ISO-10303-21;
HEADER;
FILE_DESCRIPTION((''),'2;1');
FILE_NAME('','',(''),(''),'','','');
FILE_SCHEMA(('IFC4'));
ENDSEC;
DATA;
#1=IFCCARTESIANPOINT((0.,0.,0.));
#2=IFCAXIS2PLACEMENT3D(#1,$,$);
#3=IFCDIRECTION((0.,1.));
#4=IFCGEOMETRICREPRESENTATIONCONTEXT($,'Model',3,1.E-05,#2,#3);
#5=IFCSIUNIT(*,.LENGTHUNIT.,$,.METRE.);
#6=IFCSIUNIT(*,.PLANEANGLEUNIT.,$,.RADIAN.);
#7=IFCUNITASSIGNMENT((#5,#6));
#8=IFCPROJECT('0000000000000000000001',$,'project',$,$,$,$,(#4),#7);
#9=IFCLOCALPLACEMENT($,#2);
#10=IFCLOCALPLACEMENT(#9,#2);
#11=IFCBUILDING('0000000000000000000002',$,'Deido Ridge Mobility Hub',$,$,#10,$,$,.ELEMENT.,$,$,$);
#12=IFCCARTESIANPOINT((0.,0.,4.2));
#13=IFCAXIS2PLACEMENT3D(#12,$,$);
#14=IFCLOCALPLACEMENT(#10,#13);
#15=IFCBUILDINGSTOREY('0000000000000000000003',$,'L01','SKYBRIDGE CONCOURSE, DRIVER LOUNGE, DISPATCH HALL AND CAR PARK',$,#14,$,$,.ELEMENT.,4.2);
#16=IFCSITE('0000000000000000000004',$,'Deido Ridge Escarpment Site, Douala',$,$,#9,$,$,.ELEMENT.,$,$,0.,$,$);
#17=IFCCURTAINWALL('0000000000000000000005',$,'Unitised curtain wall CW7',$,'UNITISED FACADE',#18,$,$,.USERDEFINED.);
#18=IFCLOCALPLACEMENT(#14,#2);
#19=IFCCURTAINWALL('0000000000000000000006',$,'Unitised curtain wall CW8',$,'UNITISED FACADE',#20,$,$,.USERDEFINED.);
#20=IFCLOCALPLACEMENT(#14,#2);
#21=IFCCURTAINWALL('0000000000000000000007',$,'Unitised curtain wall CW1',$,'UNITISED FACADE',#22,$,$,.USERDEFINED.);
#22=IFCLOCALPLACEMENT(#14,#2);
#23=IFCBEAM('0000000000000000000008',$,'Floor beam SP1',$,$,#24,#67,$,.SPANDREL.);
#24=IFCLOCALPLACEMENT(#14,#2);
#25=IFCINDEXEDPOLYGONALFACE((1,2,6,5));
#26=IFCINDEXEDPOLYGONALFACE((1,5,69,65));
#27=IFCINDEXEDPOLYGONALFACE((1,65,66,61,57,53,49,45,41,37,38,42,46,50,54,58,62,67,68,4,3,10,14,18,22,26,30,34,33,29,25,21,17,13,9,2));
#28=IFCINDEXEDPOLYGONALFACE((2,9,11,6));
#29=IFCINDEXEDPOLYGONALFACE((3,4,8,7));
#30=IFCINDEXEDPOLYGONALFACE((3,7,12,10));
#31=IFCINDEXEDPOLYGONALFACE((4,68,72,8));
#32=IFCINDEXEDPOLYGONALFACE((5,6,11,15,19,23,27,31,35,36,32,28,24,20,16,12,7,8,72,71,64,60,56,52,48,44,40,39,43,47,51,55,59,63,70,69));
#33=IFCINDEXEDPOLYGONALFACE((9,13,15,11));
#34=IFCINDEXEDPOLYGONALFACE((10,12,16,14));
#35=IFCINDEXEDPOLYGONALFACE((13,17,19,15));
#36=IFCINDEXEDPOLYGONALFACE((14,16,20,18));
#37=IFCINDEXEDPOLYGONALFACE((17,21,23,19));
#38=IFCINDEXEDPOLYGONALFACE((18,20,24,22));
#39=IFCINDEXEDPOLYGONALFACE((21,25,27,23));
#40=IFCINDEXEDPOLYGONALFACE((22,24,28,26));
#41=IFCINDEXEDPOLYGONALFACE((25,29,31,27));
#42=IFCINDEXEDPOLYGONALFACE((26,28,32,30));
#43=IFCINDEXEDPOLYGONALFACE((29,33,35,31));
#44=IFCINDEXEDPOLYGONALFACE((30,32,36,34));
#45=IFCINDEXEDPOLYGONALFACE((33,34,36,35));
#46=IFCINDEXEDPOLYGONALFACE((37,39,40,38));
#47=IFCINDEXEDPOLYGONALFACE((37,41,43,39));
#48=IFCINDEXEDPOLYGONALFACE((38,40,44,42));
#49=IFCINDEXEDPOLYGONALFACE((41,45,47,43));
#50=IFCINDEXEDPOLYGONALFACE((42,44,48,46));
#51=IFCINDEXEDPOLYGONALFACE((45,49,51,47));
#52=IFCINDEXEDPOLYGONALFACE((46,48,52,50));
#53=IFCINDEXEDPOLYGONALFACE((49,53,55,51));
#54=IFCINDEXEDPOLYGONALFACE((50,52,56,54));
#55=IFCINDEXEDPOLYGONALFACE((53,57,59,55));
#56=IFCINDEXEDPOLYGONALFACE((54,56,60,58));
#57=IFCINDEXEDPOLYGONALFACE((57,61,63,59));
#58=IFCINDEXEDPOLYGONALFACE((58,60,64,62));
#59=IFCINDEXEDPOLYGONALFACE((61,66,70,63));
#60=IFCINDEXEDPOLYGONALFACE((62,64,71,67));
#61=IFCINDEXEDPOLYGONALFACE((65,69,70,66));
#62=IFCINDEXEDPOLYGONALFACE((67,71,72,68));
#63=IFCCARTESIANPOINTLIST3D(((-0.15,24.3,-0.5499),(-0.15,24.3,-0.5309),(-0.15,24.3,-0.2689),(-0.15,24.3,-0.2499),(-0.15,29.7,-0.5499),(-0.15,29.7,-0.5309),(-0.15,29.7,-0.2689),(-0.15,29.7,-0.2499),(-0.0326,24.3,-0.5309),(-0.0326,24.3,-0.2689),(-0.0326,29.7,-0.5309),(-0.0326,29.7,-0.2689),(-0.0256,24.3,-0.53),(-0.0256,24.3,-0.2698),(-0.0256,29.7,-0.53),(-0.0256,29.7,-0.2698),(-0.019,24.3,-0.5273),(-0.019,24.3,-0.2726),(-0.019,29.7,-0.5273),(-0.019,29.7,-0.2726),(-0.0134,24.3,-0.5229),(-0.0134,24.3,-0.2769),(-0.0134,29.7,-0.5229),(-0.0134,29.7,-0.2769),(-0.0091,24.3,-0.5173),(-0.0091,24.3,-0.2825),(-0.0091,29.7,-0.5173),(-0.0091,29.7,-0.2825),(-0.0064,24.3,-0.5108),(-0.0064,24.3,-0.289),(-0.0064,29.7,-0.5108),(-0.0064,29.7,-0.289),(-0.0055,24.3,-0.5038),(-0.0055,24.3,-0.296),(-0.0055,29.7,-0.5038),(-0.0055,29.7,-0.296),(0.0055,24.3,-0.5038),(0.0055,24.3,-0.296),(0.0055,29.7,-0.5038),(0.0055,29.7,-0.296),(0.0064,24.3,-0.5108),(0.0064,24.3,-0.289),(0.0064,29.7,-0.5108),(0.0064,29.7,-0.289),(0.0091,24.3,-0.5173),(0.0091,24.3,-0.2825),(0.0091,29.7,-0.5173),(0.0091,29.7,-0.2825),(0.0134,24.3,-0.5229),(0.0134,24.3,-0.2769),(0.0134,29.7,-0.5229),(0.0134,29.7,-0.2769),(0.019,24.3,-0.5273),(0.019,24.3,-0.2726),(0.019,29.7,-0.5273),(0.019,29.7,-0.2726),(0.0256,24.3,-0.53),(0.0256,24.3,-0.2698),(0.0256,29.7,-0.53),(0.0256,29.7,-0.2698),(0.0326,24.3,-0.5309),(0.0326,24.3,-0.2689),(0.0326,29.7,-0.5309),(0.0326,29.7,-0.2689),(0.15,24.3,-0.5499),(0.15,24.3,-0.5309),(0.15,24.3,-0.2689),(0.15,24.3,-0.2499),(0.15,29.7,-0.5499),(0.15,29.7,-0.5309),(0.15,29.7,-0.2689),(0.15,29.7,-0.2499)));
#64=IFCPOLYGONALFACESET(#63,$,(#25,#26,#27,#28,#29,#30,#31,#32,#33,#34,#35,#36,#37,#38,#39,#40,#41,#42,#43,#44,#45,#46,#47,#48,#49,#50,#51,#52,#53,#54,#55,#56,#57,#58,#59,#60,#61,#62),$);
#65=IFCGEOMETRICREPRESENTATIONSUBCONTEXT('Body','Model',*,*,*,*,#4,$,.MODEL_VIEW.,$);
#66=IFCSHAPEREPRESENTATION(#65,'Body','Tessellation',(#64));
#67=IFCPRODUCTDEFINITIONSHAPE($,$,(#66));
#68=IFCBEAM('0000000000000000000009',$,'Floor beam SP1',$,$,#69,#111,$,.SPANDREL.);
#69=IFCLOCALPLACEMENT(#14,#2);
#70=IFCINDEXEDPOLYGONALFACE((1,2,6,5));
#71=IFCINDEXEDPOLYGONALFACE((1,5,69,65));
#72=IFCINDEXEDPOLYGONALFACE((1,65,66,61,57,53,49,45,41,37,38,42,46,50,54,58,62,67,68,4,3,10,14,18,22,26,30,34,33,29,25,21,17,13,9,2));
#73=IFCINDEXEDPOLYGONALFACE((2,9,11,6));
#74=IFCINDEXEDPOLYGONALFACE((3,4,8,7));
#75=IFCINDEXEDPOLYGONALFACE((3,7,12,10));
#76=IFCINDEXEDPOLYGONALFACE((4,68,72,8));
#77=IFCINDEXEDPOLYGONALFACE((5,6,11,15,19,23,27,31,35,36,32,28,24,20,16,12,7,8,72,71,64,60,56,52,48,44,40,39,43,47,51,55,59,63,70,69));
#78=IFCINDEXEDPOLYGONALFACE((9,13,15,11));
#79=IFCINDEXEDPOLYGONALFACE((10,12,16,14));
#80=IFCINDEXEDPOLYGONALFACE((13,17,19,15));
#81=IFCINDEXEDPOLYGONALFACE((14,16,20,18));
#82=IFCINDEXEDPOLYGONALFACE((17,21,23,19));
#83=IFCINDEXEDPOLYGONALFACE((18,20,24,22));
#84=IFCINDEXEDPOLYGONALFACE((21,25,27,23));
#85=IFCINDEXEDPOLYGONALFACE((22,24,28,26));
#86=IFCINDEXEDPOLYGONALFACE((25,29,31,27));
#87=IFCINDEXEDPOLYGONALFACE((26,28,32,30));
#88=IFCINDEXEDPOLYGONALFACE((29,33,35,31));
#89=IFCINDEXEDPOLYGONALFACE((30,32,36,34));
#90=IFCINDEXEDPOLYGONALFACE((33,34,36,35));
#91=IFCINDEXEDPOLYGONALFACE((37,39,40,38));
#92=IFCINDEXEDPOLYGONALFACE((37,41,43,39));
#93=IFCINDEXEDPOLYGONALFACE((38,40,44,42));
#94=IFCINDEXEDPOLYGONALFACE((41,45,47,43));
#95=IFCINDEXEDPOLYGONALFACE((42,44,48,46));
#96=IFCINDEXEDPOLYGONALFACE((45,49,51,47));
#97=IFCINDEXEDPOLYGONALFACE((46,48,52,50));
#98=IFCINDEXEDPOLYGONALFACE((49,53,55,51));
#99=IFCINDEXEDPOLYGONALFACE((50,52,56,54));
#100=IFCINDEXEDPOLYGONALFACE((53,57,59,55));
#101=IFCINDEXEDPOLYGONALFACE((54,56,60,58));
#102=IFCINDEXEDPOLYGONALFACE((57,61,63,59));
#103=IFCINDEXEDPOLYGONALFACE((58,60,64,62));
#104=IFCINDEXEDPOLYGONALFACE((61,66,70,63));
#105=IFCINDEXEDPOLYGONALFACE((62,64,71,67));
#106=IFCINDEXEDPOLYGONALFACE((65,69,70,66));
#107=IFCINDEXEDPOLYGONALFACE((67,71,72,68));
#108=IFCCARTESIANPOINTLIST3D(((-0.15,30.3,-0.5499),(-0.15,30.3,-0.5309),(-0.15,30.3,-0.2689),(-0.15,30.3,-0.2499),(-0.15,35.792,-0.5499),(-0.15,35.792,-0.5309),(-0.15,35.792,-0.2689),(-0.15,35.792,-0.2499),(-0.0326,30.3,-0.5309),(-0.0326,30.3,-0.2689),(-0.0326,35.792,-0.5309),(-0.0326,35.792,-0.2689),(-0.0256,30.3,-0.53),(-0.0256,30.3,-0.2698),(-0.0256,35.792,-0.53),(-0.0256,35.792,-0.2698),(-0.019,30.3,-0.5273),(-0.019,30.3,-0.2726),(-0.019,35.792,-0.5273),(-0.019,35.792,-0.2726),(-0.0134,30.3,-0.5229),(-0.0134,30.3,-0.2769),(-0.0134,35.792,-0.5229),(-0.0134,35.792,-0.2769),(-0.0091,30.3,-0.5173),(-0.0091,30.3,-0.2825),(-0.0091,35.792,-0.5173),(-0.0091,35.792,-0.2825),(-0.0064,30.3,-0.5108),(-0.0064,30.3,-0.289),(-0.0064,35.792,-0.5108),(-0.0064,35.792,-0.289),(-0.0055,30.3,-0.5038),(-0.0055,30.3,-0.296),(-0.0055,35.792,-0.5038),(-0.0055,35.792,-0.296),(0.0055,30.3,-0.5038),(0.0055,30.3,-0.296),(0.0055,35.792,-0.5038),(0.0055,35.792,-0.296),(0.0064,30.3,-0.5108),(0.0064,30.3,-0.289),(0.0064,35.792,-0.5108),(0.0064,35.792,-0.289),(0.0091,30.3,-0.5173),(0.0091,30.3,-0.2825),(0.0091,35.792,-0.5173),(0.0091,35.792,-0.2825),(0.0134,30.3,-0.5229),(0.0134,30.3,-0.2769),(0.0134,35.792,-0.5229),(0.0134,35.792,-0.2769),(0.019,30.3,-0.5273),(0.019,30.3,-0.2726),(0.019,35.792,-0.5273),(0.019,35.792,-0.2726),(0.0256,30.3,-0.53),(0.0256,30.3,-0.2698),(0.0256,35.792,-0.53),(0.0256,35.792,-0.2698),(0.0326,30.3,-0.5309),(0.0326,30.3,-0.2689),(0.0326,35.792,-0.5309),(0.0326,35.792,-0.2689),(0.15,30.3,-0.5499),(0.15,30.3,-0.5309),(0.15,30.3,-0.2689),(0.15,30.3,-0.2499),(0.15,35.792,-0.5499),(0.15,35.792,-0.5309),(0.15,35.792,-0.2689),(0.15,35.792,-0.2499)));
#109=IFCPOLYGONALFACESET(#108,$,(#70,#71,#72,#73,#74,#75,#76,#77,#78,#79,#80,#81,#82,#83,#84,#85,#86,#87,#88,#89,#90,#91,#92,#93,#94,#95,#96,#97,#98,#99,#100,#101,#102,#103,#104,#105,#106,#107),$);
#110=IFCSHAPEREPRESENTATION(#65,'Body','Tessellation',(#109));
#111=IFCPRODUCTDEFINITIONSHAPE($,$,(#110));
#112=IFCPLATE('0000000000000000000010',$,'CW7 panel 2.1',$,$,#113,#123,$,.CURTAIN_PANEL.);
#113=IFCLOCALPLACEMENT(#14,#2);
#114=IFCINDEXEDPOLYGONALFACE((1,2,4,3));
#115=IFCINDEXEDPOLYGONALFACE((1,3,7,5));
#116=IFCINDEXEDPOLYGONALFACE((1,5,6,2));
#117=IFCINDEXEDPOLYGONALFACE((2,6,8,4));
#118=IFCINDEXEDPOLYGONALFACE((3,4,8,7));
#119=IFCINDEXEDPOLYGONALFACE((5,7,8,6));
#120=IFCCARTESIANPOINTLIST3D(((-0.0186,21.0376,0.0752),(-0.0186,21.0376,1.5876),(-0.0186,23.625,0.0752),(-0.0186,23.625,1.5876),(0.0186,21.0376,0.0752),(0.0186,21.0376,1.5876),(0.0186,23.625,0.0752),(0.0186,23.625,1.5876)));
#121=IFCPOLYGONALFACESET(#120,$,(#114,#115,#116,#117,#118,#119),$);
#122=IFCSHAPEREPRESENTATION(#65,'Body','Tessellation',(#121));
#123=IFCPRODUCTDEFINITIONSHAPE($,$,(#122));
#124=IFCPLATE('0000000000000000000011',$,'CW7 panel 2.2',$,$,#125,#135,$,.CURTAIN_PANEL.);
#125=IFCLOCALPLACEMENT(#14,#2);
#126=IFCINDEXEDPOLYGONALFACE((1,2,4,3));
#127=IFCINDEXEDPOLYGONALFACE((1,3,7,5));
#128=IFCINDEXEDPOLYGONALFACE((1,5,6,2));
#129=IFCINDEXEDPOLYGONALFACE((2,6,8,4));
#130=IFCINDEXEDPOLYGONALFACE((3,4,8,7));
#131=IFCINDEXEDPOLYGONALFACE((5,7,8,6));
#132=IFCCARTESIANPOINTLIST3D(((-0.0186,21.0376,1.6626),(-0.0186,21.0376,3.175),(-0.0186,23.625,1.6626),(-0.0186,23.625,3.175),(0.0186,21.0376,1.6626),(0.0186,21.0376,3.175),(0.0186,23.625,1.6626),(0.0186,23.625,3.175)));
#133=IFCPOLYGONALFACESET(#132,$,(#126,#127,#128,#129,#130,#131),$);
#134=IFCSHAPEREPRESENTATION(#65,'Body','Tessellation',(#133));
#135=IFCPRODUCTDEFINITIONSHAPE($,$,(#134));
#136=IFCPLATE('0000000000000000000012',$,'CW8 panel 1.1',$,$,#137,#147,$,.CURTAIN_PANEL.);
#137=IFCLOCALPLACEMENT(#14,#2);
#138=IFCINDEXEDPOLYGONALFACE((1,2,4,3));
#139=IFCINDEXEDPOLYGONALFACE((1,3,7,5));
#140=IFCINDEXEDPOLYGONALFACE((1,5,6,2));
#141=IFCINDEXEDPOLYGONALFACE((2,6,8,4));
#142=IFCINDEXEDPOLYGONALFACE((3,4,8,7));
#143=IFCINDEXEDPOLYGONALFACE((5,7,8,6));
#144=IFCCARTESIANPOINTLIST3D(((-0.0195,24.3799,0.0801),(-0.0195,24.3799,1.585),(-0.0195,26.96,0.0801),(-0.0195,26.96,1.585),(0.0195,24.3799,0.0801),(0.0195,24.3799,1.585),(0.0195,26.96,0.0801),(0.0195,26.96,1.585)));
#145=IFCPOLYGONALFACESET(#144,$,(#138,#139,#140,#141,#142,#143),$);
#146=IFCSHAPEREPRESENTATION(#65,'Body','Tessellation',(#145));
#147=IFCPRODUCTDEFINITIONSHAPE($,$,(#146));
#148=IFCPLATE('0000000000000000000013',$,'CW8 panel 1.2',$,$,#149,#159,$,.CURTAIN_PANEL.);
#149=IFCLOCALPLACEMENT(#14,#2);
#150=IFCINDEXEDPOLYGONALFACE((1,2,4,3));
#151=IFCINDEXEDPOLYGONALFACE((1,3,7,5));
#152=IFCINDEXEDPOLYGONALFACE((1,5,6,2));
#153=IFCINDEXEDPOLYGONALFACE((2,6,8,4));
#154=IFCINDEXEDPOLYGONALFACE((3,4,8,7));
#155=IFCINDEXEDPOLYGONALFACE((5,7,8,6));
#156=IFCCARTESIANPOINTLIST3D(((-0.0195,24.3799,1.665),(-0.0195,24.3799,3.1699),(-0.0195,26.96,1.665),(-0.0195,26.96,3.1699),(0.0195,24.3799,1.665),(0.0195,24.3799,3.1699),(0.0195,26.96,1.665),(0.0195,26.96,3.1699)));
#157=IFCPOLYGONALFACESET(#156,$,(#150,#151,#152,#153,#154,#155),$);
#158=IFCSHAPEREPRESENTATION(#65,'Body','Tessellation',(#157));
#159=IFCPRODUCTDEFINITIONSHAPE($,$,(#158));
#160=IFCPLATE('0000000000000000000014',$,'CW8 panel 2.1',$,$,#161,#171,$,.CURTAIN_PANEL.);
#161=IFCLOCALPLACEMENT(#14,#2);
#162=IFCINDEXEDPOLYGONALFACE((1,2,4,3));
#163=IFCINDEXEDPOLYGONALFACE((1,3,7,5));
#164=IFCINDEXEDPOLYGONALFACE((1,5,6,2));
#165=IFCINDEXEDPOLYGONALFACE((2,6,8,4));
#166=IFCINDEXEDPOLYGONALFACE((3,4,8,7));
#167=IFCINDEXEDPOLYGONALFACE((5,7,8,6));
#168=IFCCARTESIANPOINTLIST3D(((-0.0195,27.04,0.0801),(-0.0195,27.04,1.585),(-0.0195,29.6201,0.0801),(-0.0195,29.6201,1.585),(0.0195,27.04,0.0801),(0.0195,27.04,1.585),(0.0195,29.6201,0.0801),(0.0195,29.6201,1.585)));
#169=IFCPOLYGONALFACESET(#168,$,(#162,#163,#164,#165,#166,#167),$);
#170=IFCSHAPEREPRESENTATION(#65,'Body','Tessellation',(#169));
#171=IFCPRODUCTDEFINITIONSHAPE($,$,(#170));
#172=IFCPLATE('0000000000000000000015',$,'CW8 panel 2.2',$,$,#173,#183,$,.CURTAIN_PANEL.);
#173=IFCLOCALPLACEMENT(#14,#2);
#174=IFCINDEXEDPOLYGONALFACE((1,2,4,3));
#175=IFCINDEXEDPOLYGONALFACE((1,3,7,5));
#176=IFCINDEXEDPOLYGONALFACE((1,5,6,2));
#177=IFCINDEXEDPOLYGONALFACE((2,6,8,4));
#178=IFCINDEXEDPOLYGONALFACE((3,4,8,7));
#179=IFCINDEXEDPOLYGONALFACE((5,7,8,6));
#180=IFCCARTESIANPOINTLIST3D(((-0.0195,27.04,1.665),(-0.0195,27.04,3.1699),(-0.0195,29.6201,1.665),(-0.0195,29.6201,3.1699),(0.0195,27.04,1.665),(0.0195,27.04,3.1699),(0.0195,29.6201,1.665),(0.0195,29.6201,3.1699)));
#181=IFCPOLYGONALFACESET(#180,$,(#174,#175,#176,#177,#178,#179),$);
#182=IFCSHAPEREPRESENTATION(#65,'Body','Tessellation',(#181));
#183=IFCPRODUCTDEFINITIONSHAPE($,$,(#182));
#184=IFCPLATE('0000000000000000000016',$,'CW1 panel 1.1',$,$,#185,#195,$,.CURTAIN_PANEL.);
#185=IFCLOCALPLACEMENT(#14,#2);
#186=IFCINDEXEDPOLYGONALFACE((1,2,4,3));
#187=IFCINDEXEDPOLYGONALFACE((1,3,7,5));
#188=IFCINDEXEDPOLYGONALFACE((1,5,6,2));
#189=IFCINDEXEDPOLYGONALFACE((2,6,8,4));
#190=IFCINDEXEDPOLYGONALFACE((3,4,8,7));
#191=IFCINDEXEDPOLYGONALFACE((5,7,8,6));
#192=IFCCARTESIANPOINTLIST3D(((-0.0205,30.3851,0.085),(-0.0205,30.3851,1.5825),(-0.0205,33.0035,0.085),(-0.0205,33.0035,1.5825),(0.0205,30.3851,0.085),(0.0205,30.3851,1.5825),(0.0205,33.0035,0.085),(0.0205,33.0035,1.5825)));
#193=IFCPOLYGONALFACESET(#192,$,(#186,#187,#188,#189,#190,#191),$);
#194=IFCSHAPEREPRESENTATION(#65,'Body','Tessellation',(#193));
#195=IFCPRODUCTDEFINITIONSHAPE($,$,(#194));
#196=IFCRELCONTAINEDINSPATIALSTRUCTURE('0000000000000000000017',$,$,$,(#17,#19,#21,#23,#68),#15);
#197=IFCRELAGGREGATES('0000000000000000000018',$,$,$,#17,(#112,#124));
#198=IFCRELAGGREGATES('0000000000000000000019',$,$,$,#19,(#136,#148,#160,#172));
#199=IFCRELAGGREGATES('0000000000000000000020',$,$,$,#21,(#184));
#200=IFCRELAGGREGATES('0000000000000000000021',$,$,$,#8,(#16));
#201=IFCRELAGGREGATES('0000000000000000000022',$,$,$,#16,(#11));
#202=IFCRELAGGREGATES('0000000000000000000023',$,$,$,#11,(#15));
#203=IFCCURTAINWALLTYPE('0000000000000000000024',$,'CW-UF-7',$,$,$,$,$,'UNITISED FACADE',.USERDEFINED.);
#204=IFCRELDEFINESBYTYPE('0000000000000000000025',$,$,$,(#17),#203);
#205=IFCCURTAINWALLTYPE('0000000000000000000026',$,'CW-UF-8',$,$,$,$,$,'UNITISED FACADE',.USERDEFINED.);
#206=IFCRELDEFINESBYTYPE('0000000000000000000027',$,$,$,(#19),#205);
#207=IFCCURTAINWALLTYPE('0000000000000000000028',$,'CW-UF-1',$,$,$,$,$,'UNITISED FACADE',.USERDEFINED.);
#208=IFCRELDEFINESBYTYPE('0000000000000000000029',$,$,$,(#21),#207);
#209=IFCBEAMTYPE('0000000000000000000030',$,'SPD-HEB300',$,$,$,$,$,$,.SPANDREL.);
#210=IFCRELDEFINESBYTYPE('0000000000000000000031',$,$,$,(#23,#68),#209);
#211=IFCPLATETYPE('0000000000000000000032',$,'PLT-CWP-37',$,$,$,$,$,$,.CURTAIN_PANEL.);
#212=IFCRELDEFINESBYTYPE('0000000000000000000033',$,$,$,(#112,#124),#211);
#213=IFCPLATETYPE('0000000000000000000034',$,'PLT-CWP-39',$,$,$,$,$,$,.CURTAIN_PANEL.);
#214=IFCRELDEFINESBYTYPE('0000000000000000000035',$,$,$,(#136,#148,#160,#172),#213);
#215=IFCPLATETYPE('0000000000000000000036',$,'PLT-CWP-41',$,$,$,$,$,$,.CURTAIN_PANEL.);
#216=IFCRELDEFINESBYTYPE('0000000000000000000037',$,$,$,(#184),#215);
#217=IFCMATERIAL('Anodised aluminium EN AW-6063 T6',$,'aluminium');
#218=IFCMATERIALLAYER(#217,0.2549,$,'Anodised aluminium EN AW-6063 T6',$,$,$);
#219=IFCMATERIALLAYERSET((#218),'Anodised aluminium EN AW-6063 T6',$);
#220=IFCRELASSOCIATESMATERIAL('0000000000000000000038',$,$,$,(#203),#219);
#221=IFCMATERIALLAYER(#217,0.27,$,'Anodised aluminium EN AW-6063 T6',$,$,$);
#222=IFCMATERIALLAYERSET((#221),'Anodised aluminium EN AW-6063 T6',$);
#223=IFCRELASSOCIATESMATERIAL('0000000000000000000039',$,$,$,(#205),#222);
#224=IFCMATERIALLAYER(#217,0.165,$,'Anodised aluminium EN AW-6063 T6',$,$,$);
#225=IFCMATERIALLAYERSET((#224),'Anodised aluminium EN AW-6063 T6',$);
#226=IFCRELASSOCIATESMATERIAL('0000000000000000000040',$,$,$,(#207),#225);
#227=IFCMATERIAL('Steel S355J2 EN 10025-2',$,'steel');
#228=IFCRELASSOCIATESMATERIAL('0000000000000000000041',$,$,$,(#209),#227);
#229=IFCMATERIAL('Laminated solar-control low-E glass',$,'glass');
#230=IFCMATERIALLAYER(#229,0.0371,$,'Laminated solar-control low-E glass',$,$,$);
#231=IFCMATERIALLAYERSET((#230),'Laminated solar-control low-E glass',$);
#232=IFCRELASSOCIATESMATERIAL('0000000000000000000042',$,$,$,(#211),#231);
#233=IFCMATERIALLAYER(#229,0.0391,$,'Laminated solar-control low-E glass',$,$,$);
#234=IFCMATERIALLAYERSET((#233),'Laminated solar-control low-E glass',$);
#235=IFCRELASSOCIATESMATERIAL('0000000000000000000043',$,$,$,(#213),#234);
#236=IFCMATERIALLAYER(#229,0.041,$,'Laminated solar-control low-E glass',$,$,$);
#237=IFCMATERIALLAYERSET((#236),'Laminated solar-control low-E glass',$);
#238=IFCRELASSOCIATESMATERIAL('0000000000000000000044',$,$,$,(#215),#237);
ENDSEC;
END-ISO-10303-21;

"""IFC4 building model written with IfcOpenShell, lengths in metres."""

from ifc_helpers import new_model, si_unit, direction, frame, origin, origin_2d, place, context, subcontext, project, spatial, rectangle, i_section, extrude, material, layer, layer_set, material_profile, profile_set, type_object, element, aggregate, save


model = new_model("IFC4")

# Units and contexts
model_context = context("Model", 3, precision=1e-05, world=origin(), true_north=direction((0.0, 1.0)))
body_context = subcontext(model_context, "Body", "Model", "MODEL_VIEW")
ifc_project = project(units=[si_unit("LENGTHUNIT", "METRE"), si_unit("PLANEANGLEUNIT", "RADIAN")], contexts=[model_context])

# Site, building, storey
site_placement = place(None, origin())
site = spatial("IfcSite", under=ifc_project, at=site_placement, Name="Deido Ridge Escarpment Site, Douala", CompositionType="ELEMENT", RefElevation=0.0)
building_placement = place(site_placement, origin())
building = spatial("IfcBuilding", under=site, at=building_placement, Name="Deido Ridge Mobility Hub", CompositionType="ELEMENT")
storey_placement = place(building_placement, frame((0.0, 0.0, 4.2)))
storey = spatial("IfcBuildingStorey", under=building, at=storey_placement, Name="L01", Description="SKYBRIDGE CONCOURSE, DRIVER LOUNGE, DISPATCH HALL AND CAR PARK", CompositionType="ELEMENT", Elevation=4.2)

# Shared definitions
ifc_material_1 = material(Name="Steel S355J2 EN 10025-2", Category="steel")

# Curtain wall
ifc_material_2 = material(Name="Anodised aluminium EN AW-6063 T6", Category="aluminium")
ifc_layer_1 = layer(ifc_material_2, 0.2549, Name="Anodised aluminium EN AW-6063 T6")
ifc_layer_set_1 = layer_set([ifc_layer_1], Name="Anodised aluminium EN AW-6063 T6")
curtain_wall_type_1 = type_object("IfcCurtainWallType", Name="CW-UF-7", ElementType="UNITISED FACADE", PredefinedType="USERDEFINED", material=ifc_layer_set_1)
curtain_wall_1_placement = place(storey_placement, origin())
curtain_wall_1 = element("IfcCurtainWall", 1, at=curtain_wall_1_placement, inside=storey, type_object=curtain_wall_type_1, Name="Unitised curtain wall CW7", ObjectType="UNITISED FACADE", PredefinedType="USERDEFINED")

# Curtain walls
ifc_layer_2 = layer(ifc_material_2, 0.27, Name="Anodised aluminium EN AW-6063 T6")
ifc_layer_set_2 = layer_set([ifc_layer_2], Name="Anodised aluminium EN AW-6063 T6")
curtain_wall_type_2 = type_object("IfcCurtainWallType", Name="CW-UF-8", ElementType="UNITISED FACADE", PredefinedType="USERDEFINED", material=ifc_layer_set_2)
curtain_wall_2_placement = place(storey_placement, origin())
curtain_wall_2 = element("IfcCurtainWall", 2, at=curtain_wall_2_placement, inside=storey, type_object=curtain_wall_type_2, Name="Unitised curtain wall CW8", ObjectType="UNITISED FACADE", PredefinedType="USERDEFINED")
ifc_layer_3 = layer(ifc_material_2, 0.165, Name="Anodised aluminium EN AW-6063 T6")
ifc_layer_set_3 = layer_set([ifc_layer_3], Name="Anodised aluminium EN AW-6063 T6")
curtain_wall_type_3 = type_object("IfcCurtainWallType", Name="CW-UF-1", ElementType="UNITISED FACADE", PredefinedType="USERDEFINED", material=ifc_layer_set_3)
curtain_wall_3_placement = place(storey_placement, origin())
curtain_wall_3 = element("IfcCurtainWall", 3, at=curtain_wall_3_placement, inside=storey, type_object=curtain_wall_type_3, Name="Unitised curtain wall CW1", ObjectType="UNITISED FACADE", PredefinedType="USERDEFINED")

# Beams
ifc_material_profile_1 = material_profile(ifc_material_1, i_section(OverallWidth=0.3, OverallDepth=0.3, WebThickness=0.011, FlangeThickness=0.019, FilletRadius=0.0271, at=origin_2d()), Name="HEB 300")
ifc_profile_set_1 = profile_set([ifc_material_profile_1], Name="Steel S355J2 EN 10025-2")
beam_type = type_object("IfcBeamType", Name="SPD-HEB300", PredefinedType="SPANDREL", material=ifc_profile_set_1)
beam_1_placement = place(storey_placement, frame((0.0, 24.3, -0.3999), z_axis=(0.0, 1.0, 0.0), x_axis=(-1.0, 0.0, 0.0)))
element("IfcBeam", 4, at=beam_1_placement, inside=storey, type_object=beam_type, Name="Floor beam SP1", PredefinedType="SPANDREL", context=body_context, shape_type="SweptSolid", body=[
    extrude(i_section(OverallWidth=0.3, OverallDepth=0.3, WebThickness=0.011, FlangeThickness=0.019, FilletRadius=0.0271, at=origin_2d()), origin(), (0.0, 0.0, 1.0), 5.3999),
])
beam_2_placement = place(storey_placement, frame((0.0, 30.3, -0.3999), z_axis=(0.0, 1.0, 0.0), x_axis=(-1.0, 0.0, 0.0)))
element("IfcBeam", 5, at=beam_2_placement, inside=storey, type_object=beam_type, Name="Floor beam SP1", PredefinedType="SPANDREL", context=body_context, shape_type="SweptSolid", body=[
    extrude(i_section(OverallWidth=0.3, OverallDepth=0.3, WebThickness=0.011, FlangeThickness=0.019, FilletRadius=0.0271, at=origin_2d()), origin(), (0.0, 0.0, 1.0), 5.4919),
])

# Plates
ifc_material_3 = material(Name="Laminated solar-control low-E glass", Category="glass")
ifc_layer_4 = layer(ifc_material_3, 0.0371, Name="Laminated solar-control low-E glass")
ifc_layer_set_4 = layer_set([ifc_layer_4], Name="Laminated solar-control low-E glass")
plate_type_1 = type_object("IfcPlateType", Name="PLT-CWP-37", PredefinedType="CURTAIN_PANEL", material=ifc_layer_set_4)
plate_1_placement = place(storey_placement, frame((0.0, 22.3313, 0.0752), z_axis=(0.0, 0.0, 1.0), x_axis=(0.0, 1.0, 0.0)))
plate_1 = element("IfcPlate", 6, at=plate_1_placement, type_object=plate_type_1, Name="CW7 panel 2.1", PredefinedType="CURTAIN_PANEL", context=body_context, shape_type="SweptSolid", body=[
    extrude(rectangle(XDim=2.5874, YDim=0.0371, at=origin_2d()), origin(), (0.0, 0.0, 1.0), 1.5125),
])
plate_2_placement = place(storey_placement, frame((0.0, 22.3313, 1.6626), z_axis=(0.0, 0.0, 1.0), x_axis=(0.0, 1.0, 0.0)))
plate_2 = element("IfcPlate", 7, at=plate_2_placement, type_object=plate_type_1, Name="CW7 panel 2.2", PredefinedType="CURTAIN_PANEL", context=body_context, shape_type="SweptSolid", body=[
    extrude(rectangle(XDim=2.5874, YDim=0.0371, at=origin_2d()), origin(), (0.0, 0.0, 1.0), 1.5125),
])
aggregate(curtain_wall_1, [plate_1, plate_2])
ifc_layer_5 = layer(ifc_material_3, 0.0391, Name="Laminated solar-control low-E glass")
ifc_layer_set_5 = layer_set([ifc_layer_5], Name="Laminated solar-control low-E glass")
plate_type_2 = type_object("IfcPlateType", Name="PLT-CWP-39", PredefinedType="CURTAIN_PANEL", material=ifc_layer_set_5)
plate_3_placement = place(storey_placement, frame((0.0, 25.6699, 0.0801), z_axis=(0.0, 0.0, 1.0), x_axis=(0.0, 1.0, 0.0)))
plate_3 = element("IfcPlate", 8, at=plate_3_placement, type_object=plate_type_2, Name="CW8 panel 1.1", PredefinedType="CURTAIN_PANEL", context=body_context, shape_type="SweptSolid", body=[
    extrude(rectangle(XDim=2.5801, YDim=0.0391, at=origin_2d()), origin(), (0.0, 0.0, 1.0), 1.5049),
])
plate_4_placement = place(storey_placement, frame((0.0, 25.6699, 1.665), z_axis=(0.0, 0.0, 1.0), x_axis=(0.0, 1.0, 0.0)))
plate_4 = element("IfcPlate", 9, at=plate_4_placement, type_object=plate_type_2, Name="CW8 panel 1.2", PredefinedType="CURTAIN_PANEL", context=body_context, shape_type="SweptSolid", body=[
    extrude(rectangle(XDim=2.5801, YDim=0.0391, at=origin_2d()), origin(), (0.0, 0.0, 1.0), 1.5049),
])
plate_5_placement = place(storey_placement, frame((0.0, 28.3301, 0.0801), z_axis=(0.0, 0.0, 1.0), x_axis=(0.0, 1.0, 0.0)))
plate_5 = element("IfcPlate", 10, at=plate_5_placement, type_object=plate_type_2, Name="CW8 panel 2.1", PredefinedType="CURTAIN_PANEL", context=body_context, shape_type="SweptSolid", body=[
    extrude(rectangle(XDim=2.5801, YDim=0.0391, at=origin_2d()), origin(), (0.0, 0.0, 1.0), 1.5049),
])
plate_6_placement = place(storey_placement, frame((0.0, 28.3301, 1.665), z_axis=(0.0, 0.0, 1.0), x_axis=(0.0, 1.0, 0.0)))
plate_6 = element("IfcPlate", 11, at=plate_6_placement, type_object=plate_type_2, Name="CW8 panel 2.2", PredefinedType="CURTAIN_PANEL", context=body_context, shape_type="SweptSolid", body=[
    extrude(rectangle(XDim=2.5801, YDim=0.0391, at=origin_2d()), origin(), (0.0, 0.0, 1.0), 1.5049),
])
aggregate(curtain_wall_2, [plate_3, plate_4, plate_5, plate_6])
ifc_layer_6 = layer(ifc_material_3, 0.041, Name="Laminated solar-control low-E glass")
ifc_layer_set_6 = layer_set([ifc_layer_6], Name="Laminated solar-control low-E glass")
plate_type_3 = type_object("IfcPlateType", Name="PLT-CWP-41", PredefinedType="CURTAIN_PANEL", material=ifc_layer_set_6)
plate_7_placement = place(storey_placement, frame((0.0, 31.6943, 0.085), z_axis=(0.0, 0.0, 1.0), x_axis=(0.0, 1.0, 0.0)))
plate_7 = element("IfcPlate", 12, at=plate_7_placement, type_object=plate_type_3, Name="CW1 panel 1.1", PredefinedType="CURTAIN_PANEL", context=body_context, shape_type="SweptSolid", body=[
    extrude(rectangle(XDim=2.6184, YDim=0.041, at=origin_2d()), origin(), (0.0, 0.0, 1.0), 1.4976),
])
aggregate(curtain_wall_3, [plate_7])

save(model, "model.ifc")
